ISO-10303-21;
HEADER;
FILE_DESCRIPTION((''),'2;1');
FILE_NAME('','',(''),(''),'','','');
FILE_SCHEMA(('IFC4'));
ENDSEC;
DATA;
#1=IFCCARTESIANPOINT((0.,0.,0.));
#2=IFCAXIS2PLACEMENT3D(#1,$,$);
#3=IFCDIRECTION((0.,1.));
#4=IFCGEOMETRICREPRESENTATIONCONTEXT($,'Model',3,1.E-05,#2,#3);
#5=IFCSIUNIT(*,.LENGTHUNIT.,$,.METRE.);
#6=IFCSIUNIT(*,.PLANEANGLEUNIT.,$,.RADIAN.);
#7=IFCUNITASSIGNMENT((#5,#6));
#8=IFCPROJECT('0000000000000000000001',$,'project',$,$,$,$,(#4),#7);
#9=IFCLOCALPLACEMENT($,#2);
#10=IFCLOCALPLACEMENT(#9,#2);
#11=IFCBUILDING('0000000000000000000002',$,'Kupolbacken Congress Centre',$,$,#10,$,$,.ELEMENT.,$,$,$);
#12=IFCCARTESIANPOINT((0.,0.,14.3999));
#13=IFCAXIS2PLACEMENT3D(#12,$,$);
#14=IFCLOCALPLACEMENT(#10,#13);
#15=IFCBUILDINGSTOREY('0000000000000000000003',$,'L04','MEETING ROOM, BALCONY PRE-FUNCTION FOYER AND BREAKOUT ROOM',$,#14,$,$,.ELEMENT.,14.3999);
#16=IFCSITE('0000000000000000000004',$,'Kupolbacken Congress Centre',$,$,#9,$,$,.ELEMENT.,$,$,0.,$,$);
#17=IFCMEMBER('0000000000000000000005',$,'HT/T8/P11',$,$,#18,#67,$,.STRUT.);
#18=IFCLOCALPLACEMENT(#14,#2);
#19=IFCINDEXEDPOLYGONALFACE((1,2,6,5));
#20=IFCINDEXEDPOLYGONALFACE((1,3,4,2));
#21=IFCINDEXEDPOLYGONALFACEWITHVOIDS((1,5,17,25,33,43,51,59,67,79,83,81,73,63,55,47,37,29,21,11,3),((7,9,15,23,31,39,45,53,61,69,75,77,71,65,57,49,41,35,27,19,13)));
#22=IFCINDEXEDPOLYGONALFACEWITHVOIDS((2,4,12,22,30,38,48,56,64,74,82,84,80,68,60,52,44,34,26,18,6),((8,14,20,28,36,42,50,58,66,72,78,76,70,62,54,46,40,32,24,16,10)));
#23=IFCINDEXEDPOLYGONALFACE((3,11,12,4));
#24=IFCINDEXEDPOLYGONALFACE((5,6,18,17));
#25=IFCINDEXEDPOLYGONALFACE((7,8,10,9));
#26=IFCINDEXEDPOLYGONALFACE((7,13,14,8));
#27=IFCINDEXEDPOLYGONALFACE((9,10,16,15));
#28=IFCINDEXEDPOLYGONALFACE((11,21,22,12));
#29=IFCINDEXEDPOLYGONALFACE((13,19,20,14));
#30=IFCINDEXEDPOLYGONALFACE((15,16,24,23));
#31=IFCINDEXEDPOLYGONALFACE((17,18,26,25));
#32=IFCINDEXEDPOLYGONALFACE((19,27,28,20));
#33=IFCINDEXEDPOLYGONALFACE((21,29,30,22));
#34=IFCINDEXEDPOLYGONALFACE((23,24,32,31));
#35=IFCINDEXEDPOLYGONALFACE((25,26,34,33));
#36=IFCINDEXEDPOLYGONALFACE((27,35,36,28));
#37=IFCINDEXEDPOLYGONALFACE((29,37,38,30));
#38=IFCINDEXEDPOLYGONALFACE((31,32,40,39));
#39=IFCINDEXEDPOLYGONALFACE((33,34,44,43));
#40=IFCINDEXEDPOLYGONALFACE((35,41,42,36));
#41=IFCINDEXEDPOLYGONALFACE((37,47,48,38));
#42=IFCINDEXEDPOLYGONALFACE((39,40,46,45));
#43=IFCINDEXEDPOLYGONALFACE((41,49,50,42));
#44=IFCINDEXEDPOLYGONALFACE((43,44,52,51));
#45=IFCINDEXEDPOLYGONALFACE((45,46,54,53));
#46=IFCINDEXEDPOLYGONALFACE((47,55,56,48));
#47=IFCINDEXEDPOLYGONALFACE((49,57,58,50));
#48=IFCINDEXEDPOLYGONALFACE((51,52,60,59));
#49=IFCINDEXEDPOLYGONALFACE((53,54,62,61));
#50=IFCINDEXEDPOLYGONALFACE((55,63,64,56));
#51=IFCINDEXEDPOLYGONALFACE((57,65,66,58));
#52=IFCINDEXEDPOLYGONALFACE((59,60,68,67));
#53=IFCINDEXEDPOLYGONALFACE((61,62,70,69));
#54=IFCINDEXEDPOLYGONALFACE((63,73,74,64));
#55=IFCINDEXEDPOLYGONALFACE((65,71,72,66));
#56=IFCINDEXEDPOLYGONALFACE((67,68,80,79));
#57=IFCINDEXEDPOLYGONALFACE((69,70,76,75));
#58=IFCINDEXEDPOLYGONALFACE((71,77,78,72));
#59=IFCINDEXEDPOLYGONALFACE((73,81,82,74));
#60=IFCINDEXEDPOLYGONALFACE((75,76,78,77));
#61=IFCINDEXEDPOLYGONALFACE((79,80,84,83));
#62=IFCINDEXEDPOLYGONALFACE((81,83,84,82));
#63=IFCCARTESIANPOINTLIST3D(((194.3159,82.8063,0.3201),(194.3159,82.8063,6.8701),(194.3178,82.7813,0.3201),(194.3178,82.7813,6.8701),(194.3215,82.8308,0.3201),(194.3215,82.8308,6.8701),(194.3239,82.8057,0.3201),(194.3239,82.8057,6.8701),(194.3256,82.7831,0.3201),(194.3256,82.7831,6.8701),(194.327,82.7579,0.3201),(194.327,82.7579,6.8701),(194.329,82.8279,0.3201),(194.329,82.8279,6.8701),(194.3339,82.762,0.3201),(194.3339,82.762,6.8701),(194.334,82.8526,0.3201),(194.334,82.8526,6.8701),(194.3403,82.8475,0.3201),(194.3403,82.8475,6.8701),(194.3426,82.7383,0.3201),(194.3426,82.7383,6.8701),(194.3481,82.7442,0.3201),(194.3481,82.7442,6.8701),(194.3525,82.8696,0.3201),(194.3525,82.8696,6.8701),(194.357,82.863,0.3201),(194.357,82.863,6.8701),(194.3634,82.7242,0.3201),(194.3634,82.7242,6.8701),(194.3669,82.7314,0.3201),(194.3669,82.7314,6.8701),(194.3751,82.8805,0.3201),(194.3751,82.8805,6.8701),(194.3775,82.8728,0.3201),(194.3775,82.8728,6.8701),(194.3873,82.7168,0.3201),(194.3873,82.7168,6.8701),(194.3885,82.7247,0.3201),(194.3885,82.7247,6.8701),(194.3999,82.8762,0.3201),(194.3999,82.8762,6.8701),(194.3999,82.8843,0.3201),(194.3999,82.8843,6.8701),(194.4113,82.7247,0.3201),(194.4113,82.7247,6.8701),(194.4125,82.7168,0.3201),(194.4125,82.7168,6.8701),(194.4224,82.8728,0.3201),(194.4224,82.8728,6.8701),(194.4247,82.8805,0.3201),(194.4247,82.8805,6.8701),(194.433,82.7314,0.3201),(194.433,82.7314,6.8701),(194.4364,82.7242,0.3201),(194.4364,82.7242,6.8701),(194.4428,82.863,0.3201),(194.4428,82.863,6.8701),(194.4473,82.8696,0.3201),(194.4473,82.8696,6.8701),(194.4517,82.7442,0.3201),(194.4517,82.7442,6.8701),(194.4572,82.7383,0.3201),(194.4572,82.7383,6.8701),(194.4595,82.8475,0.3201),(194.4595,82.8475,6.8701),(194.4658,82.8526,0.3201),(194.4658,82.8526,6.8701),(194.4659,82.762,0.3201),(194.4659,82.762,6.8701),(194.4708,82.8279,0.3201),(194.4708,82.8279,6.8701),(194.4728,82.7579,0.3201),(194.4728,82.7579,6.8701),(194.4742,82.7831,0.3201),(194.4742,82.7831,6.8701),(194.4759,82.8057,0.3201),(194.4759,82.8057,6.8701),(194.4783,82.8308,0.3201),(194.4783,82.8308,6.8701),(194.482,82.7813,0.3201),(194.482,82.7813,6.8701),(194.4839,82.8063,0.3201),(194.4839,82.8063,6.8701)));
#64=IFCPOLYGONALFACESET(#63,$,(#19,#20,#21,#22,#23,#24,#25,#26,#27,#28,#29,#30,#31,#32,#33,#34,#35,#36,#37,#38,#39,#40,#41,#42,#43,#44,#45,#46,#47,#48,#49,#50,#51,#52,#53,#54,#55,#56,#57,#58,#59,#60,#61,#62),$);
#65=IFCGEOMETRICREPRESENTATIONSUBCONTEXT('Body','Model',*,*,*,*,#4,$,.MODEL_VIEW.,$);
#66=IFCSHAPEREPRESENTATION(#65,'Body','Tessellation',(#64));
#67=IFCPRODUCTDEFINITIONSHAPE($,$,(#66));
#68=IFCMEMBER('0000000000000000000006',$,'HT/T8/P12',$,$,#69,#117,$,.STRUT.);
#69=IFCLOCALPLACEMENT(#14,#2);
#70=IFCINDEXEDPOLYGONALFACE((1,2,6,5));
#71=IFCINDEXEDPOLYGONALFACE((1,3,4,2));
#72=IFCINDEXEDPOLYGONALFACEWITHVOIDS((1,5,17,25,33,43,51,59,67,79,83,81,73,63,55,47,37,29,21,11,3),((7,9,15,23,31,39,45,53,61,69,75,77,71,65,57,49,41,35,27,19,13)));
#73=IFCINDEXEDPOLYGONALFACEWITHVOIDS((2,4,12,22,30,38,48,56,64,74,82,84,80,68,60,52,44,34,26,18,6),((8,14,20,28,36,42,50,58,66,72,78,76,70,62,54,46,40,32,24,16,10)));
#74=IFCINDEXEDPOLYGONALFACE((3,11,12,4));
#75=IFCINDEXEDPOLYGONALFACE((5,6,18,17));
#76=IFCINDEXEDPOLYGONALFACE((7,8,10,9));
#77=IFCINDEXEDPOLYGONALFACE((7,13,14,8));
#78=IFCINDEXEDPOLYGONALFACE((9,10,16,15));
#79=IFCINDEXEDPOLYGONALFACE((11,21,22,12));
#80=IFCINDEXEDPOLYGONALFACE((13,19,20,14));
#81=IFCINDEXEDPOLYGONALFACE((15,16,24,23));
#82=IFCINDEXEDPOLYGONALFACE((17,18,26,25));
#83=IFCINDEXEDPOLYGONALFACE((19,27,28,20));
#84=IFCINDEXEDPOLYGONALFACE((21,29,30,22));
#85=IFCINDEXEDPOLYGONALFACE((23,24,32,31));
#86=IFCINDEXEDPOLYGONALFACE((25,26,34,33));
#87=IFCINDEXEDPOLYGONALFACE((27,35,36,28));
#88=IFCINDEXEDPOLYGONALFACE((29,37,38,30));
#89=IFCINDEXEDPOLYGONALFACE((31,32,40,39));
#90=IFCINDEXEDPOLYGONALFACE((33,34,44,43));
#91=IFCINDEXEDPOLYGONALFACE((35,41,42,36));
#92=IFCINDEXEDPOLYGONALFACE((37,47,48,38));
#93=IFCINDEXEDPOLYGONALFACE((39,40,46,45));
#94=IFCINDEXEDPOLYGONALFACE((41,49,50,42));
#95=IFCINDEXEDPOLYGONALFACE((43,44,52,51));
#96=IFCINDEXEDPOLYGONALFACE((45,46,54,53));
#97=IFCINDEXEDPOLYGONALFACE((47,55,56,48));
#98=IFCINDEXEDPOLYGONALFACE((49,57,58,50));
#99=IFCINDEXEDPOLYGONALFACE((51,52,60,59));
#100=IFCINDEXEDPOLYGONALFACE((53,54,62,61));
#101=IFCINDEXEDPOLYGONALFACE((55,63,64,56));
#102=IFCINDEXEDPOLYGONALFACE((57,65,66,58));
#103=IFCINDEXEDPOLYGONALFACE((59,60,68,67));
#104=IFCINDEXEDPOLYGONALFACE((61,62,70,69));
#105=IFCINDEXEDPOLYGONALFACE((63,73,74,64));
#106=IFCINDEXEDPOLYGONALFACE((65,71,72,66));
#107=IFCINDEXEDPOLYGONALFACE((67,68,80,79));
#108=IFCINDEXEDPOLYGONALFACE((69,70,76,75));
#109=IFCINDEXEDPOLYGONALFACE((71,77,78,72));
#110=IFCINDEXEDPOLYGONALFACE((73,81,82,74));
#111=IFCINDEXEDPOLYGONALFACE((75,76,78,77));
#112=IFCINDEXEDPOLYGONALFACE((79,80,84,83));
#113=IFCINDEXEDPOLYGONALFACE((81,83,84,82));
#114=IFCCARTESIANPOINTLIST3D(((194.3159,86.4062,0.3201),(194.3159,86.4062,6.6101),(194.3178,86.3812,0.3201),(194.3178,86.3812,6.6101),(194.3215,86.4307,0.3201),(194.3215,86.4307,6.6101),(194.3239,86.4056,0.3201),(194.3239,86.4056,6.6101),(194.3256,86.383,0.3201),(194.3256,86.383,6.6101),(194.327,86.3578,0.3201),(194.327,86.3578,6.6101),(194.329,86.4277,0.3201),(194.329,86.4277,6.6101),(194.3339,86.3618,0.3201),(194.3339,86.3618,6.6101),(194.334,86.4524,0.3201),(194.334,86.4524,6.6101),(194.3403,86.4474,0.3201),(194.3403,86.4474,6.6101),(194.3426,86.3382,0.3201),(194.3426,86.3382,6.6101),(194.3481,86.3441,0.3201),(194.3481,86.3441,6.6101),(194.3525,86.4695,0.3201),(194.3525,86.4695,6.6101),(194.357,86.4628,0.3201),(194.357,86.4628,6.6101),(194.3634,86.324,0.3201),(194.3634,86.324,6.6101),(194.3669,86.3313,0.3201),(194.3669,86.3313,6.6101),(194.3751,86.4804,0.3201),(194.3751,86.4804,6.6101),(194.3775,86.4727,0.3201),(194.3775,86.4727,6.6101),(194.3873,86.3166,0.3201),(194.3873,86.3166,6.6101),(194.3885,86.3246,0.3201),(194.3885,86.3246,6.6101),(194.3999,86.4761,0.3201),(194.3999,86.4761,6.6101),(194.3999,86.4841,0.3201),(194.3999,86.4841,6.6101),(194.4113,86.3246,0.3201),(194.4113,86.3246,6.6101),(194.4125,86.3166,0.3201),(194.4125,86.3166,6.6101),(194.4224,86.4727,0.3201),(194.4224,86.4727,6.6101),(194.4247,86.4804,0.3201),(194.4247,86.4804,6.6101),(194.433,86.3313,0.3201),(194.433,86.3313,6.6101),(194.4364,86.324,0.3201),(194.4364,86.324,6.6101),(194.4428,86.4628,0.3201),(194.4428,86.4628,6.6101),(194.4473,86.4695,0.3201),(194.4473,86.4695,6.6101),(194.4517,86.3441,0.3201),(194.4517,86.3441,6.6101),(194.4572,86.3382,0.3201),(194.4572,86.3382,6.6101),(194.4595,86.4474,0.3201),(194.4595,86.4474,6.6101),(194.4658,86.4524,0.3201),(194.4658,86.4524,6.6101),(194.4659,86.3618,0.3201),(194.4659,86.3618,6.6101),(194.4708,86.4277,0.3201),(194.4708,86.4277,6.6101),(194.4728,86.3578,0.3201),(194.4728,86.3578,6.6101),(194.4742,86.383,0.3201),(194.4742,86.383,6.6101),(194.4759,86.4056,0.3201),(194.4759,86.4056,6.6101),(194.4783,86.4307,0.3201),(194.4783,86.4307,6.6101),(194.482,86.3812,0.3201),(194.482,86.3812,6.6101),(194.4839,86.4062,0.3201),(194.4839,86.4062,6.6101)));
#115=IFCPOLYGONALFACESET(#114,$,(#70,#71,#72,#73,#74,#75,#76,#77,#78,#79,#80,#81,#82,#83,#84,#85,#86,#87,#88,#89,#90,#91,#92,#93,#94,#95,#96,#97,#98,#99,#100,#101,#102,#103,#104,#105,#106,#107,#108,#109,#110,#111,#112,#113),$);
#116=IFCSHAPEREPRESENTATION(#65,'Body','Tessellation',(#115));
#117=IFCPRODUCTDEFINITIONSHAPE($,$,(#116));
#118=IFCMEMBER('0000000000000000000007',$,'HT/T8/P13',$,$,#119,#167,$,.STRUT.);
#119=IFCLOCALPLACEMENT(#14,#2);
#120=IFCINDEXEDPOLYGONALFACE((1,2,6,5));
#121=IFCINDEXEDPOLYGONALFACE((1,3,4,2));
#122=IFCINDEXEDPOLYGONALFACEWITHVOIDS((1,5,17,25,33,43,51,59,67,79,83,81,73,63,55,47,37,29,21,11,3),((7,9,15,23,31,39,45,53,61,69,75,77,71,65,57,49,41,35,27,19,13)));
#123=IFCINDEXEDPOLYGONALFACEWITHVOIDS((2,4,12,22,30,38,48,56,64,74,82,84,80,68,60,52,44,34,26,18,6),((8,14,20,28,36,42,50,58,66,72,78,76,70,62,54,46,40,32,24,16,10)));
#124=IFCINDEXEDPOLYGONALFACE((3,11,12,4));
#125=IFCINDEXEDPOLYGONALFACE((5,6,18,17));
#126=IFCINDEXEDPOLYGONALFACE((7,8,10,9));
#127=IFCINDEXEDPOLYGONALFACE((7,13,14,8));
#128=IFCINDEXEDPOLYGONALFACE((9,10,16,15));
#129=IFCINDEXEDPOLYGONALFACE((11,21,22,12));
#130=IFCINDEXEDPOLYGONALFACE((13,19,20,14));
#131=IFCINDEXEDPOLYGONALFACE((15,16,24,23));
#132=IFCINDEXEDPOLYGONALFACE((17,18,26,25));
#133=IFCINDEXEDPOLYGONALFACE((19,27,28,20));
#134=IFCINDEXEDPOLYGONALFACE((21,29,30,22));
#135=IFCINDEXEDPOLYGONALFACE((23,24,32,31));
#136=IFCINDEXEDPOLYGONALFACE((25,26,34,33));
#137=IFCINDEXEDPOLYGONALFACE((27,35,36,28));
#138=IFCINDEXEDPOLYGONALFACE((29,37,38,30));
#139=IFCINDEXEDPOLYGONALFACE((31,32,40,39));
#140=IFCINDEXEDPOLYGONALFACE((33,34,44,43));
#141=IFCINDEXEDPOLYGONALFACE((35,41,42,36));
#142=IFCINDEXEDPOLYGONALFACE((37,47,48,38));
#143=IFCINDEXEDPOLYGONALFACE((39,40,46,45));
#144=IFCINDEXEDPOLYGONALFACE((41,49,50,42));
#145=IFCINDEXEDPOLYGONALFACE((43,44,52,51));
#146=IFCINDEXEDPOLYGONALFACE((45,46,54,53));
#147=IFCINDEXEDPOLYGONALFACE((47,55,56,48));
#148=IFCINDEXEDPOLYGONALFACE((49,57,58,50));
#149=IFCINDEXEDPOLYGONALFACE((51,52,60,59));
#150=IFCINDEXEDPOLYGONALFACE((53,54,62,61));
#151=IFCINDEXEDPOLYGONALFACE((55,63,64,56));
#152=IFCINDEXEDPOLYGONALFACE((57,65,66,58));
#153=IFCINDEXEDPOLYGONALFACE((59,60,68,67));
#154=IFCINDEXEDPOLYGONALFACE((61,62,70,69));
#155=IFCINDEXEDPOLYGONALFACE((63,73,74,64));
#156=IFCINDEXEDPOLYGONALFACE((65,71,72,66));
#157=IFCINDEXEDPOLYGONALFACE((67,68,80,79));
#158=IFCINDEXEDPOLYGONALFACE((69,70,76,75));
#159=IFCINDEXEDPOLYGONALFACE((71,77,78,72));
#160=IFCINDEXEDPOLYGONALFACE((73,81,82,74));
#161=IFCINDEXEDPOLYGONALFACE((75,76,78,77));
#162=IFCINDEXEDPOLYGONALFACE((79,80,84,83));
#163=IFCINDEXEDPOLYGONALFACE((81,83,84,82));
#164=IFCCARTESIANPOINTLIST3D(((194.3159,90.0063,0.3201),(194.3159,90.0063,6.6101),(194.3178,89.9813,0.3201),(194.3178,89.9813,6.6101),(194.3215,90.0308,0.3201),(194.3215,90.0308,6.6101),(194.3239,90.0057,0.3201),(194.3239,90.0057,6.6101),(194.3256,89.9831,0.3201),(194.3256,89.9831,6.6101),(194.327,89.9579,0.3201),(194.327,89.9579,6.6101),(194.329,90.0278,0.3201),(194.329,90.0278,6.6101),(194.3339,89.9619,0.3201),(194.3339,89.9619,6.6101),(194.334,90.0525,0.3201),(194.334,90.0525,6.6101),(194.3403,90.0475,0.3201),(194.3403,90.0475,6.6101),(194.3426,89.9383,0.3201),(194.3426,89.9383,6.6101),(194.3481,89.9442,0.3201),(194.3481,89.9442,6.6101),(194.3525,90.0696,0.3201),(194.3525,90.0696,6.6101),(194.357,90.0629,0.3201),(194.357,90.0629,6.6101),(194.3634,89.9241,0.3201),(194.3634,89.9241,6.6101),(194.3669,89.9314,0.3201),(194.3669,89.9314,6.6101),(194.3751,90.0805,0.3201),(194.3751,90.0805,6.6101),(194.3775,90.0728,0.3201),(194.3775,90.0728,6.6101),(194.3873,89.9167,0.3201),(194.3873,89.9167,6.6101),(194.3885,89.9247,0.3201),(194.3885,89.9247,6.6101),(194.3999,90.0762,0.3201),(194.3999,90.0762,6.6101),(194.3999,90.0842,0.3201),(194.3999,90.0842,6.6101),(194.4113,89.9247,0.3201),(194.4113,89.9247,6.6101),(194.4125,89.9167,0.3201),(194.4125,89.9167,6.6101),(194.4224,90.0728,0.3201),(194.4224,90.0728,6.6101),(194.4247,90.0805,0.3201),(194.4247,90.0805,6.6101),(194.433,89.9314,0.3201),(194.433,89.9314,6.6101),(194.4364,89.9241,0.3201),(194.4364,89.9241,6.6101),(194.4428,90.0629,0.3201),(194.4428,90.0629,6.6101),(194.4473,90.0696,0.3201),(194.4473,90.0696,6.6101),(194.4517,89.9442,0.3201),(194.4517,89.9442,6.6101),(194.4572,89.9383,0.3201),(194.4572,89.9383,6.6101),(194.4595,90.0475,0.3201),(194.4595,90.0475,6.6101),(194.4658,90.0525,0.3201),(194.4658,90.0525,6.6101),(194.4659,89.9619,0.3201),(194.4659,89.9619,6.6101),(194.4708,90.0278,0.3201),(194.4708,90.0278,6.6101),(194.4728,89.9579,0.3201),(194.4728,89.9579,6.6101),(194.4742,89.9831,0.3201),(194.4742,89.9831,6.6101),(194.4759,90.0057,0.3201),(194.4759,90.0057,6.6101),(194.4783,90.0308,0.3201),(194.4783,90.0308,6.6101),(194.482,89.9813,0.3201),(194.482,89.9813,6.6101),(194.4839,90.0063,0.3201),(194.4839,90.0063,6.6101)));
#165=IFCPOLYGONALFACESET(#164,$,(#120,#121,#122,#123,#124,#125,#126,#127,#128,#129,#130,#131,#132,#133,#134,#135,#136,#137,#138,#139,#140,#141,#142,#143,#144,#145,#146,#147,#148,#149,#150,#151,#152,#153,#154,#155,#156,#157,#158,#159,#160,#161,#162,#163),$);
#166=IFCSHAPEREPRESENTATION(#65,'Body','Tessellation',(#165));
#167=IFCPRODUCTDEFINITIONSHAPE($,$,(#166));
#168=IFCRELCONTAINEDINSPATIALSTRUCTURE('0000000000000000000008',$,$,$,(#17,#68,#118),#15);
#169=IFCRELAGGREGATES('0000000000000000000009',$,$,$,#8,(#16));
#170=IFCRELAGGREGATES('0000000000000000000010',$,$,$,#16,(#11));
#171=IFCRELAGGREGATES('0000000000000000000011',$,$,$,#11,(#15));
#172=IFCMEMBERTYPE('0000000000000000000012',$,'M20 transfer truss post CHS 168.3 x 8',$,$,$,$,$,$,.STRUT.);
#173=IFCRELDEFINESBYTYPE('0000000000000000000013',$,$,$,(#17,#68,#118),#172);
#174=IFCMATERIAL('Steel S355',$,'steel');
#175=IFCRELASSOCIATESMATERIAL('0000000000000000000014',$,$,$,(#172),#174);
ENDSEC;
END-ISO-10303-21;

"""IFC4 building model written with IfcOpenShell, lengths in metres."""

from ifc_helpers import new_model, si_unit, direction, frame, origin, origin_2d, place, context, subcontext, project, spatial, hollow_circle, extrude, material, material_profile, profile_set, type_object, element, save


model = new_model("IFC4")

# Units and contexts
model_context = context("Model", 3, precision=1e-05, world=origin(), true_north=direction((0.0, 1.0)))
body_context = subcontext(model_context, "Body", "Model", "MODEL_VIEW")
ifc_project = project(units=[si_unit("LENGTHUNIT", "METRE"), si_unit("PLANEANGLEUNIT", "RADIAN")], contexts=[model_context])

# Site, building, storey
site_placement = place(None, origin())
site = spatial("IfcSite", under=ifc_project, at=site_placement, Name="Kupolbacken Congress Centre", CompositionType="ELEMENT", RefElevation=0.0)
building_placement = place(site_placement, origin())
building = spatial("IfcBuilding", under=site, at=building_placement, Name="Kupolbacken Congress Centre", CompositionType="ELEMENT")
storey_placement = place(building_placement, frame((0.0, 0.0, 14.3999)))
storey = spatial("IfcBuildingStorey", under=building, at=storey_placement, Name="L04", Description="MEETING ROOM, BALCONY PRE-FUNCTION FOYER AND BREAKOUT ROOM", CompositionType="ELEMENT", Elevation=14.3999)

# Members
ifc_material_1 = material(Name="Steel S355", Category="steel")
ifc_material_profile_1 = material_profile(ifc_material_1, hollow_circle(Radius=0.0842, WallThickness=0.0081, at=origin_2d()), Name="CHS 168.3 x 8")
ifc_profile_set_1 = profile_set([ifc_material_profile_1], Name="Steel S355")
member_type_1 = type_object("IfcMemberType", Name="M20 transfer truss post CHS 168.3 x 8", PredefinedType="STRUT", material=ifc_profile_set_1)
for number, where, z_axis, x_axis, name in (
    (1, (194.3999, 82.8, 0.3201), (0.0, 0.0, 1.0), (0.0, 1.0, 0.0), "HT/T8/P11"),
):
    element("IfcMember", number, at=place(storey_placement, frame(where, z_axis=z_axis, x_axis=x_axis)), inside=storey, type_object=member_type_1, Name=name, PredefinedType="STRUT", context=body_context, shape_type="SweptSolid", body=[
        extrude(hollow_circle(Radius=0.0842, WallThickness=0.0081, at=origin_2d()), origin(), (0.0, 0.0, 1.0), 6.55),
    ])
for number, where, z_axis, x_axis, name in (
    (2, (194.3999, 86.3999, 0.3201), (0.0, 0.0, 1.0), (0.0, 1.0, 0.0), "HT/T8/P12"),
    (3, (194.3999, 90.0, 0.3201), (0.0, 0.0, 1.0), (0.0, 1.0, 0.0), "HT/T8/P13"),
):
    element("IfcMember", number, at=place(storey_placement, frame(where, z_axis=z_axis, x_axis=x_axis)), inside=storey, type_object=member_type_1, Name=name, PredefinedType="STRUT", context=body_context, shape_type="SweptSolid", body=[
        extrude(hollow_circle(Radius=0.0842, WallThickness=0.0081, at=origin_2d()), origin(), (0.0, 0.0, 1.0), 6.29),
    ])

save(model, "model.ifc")
